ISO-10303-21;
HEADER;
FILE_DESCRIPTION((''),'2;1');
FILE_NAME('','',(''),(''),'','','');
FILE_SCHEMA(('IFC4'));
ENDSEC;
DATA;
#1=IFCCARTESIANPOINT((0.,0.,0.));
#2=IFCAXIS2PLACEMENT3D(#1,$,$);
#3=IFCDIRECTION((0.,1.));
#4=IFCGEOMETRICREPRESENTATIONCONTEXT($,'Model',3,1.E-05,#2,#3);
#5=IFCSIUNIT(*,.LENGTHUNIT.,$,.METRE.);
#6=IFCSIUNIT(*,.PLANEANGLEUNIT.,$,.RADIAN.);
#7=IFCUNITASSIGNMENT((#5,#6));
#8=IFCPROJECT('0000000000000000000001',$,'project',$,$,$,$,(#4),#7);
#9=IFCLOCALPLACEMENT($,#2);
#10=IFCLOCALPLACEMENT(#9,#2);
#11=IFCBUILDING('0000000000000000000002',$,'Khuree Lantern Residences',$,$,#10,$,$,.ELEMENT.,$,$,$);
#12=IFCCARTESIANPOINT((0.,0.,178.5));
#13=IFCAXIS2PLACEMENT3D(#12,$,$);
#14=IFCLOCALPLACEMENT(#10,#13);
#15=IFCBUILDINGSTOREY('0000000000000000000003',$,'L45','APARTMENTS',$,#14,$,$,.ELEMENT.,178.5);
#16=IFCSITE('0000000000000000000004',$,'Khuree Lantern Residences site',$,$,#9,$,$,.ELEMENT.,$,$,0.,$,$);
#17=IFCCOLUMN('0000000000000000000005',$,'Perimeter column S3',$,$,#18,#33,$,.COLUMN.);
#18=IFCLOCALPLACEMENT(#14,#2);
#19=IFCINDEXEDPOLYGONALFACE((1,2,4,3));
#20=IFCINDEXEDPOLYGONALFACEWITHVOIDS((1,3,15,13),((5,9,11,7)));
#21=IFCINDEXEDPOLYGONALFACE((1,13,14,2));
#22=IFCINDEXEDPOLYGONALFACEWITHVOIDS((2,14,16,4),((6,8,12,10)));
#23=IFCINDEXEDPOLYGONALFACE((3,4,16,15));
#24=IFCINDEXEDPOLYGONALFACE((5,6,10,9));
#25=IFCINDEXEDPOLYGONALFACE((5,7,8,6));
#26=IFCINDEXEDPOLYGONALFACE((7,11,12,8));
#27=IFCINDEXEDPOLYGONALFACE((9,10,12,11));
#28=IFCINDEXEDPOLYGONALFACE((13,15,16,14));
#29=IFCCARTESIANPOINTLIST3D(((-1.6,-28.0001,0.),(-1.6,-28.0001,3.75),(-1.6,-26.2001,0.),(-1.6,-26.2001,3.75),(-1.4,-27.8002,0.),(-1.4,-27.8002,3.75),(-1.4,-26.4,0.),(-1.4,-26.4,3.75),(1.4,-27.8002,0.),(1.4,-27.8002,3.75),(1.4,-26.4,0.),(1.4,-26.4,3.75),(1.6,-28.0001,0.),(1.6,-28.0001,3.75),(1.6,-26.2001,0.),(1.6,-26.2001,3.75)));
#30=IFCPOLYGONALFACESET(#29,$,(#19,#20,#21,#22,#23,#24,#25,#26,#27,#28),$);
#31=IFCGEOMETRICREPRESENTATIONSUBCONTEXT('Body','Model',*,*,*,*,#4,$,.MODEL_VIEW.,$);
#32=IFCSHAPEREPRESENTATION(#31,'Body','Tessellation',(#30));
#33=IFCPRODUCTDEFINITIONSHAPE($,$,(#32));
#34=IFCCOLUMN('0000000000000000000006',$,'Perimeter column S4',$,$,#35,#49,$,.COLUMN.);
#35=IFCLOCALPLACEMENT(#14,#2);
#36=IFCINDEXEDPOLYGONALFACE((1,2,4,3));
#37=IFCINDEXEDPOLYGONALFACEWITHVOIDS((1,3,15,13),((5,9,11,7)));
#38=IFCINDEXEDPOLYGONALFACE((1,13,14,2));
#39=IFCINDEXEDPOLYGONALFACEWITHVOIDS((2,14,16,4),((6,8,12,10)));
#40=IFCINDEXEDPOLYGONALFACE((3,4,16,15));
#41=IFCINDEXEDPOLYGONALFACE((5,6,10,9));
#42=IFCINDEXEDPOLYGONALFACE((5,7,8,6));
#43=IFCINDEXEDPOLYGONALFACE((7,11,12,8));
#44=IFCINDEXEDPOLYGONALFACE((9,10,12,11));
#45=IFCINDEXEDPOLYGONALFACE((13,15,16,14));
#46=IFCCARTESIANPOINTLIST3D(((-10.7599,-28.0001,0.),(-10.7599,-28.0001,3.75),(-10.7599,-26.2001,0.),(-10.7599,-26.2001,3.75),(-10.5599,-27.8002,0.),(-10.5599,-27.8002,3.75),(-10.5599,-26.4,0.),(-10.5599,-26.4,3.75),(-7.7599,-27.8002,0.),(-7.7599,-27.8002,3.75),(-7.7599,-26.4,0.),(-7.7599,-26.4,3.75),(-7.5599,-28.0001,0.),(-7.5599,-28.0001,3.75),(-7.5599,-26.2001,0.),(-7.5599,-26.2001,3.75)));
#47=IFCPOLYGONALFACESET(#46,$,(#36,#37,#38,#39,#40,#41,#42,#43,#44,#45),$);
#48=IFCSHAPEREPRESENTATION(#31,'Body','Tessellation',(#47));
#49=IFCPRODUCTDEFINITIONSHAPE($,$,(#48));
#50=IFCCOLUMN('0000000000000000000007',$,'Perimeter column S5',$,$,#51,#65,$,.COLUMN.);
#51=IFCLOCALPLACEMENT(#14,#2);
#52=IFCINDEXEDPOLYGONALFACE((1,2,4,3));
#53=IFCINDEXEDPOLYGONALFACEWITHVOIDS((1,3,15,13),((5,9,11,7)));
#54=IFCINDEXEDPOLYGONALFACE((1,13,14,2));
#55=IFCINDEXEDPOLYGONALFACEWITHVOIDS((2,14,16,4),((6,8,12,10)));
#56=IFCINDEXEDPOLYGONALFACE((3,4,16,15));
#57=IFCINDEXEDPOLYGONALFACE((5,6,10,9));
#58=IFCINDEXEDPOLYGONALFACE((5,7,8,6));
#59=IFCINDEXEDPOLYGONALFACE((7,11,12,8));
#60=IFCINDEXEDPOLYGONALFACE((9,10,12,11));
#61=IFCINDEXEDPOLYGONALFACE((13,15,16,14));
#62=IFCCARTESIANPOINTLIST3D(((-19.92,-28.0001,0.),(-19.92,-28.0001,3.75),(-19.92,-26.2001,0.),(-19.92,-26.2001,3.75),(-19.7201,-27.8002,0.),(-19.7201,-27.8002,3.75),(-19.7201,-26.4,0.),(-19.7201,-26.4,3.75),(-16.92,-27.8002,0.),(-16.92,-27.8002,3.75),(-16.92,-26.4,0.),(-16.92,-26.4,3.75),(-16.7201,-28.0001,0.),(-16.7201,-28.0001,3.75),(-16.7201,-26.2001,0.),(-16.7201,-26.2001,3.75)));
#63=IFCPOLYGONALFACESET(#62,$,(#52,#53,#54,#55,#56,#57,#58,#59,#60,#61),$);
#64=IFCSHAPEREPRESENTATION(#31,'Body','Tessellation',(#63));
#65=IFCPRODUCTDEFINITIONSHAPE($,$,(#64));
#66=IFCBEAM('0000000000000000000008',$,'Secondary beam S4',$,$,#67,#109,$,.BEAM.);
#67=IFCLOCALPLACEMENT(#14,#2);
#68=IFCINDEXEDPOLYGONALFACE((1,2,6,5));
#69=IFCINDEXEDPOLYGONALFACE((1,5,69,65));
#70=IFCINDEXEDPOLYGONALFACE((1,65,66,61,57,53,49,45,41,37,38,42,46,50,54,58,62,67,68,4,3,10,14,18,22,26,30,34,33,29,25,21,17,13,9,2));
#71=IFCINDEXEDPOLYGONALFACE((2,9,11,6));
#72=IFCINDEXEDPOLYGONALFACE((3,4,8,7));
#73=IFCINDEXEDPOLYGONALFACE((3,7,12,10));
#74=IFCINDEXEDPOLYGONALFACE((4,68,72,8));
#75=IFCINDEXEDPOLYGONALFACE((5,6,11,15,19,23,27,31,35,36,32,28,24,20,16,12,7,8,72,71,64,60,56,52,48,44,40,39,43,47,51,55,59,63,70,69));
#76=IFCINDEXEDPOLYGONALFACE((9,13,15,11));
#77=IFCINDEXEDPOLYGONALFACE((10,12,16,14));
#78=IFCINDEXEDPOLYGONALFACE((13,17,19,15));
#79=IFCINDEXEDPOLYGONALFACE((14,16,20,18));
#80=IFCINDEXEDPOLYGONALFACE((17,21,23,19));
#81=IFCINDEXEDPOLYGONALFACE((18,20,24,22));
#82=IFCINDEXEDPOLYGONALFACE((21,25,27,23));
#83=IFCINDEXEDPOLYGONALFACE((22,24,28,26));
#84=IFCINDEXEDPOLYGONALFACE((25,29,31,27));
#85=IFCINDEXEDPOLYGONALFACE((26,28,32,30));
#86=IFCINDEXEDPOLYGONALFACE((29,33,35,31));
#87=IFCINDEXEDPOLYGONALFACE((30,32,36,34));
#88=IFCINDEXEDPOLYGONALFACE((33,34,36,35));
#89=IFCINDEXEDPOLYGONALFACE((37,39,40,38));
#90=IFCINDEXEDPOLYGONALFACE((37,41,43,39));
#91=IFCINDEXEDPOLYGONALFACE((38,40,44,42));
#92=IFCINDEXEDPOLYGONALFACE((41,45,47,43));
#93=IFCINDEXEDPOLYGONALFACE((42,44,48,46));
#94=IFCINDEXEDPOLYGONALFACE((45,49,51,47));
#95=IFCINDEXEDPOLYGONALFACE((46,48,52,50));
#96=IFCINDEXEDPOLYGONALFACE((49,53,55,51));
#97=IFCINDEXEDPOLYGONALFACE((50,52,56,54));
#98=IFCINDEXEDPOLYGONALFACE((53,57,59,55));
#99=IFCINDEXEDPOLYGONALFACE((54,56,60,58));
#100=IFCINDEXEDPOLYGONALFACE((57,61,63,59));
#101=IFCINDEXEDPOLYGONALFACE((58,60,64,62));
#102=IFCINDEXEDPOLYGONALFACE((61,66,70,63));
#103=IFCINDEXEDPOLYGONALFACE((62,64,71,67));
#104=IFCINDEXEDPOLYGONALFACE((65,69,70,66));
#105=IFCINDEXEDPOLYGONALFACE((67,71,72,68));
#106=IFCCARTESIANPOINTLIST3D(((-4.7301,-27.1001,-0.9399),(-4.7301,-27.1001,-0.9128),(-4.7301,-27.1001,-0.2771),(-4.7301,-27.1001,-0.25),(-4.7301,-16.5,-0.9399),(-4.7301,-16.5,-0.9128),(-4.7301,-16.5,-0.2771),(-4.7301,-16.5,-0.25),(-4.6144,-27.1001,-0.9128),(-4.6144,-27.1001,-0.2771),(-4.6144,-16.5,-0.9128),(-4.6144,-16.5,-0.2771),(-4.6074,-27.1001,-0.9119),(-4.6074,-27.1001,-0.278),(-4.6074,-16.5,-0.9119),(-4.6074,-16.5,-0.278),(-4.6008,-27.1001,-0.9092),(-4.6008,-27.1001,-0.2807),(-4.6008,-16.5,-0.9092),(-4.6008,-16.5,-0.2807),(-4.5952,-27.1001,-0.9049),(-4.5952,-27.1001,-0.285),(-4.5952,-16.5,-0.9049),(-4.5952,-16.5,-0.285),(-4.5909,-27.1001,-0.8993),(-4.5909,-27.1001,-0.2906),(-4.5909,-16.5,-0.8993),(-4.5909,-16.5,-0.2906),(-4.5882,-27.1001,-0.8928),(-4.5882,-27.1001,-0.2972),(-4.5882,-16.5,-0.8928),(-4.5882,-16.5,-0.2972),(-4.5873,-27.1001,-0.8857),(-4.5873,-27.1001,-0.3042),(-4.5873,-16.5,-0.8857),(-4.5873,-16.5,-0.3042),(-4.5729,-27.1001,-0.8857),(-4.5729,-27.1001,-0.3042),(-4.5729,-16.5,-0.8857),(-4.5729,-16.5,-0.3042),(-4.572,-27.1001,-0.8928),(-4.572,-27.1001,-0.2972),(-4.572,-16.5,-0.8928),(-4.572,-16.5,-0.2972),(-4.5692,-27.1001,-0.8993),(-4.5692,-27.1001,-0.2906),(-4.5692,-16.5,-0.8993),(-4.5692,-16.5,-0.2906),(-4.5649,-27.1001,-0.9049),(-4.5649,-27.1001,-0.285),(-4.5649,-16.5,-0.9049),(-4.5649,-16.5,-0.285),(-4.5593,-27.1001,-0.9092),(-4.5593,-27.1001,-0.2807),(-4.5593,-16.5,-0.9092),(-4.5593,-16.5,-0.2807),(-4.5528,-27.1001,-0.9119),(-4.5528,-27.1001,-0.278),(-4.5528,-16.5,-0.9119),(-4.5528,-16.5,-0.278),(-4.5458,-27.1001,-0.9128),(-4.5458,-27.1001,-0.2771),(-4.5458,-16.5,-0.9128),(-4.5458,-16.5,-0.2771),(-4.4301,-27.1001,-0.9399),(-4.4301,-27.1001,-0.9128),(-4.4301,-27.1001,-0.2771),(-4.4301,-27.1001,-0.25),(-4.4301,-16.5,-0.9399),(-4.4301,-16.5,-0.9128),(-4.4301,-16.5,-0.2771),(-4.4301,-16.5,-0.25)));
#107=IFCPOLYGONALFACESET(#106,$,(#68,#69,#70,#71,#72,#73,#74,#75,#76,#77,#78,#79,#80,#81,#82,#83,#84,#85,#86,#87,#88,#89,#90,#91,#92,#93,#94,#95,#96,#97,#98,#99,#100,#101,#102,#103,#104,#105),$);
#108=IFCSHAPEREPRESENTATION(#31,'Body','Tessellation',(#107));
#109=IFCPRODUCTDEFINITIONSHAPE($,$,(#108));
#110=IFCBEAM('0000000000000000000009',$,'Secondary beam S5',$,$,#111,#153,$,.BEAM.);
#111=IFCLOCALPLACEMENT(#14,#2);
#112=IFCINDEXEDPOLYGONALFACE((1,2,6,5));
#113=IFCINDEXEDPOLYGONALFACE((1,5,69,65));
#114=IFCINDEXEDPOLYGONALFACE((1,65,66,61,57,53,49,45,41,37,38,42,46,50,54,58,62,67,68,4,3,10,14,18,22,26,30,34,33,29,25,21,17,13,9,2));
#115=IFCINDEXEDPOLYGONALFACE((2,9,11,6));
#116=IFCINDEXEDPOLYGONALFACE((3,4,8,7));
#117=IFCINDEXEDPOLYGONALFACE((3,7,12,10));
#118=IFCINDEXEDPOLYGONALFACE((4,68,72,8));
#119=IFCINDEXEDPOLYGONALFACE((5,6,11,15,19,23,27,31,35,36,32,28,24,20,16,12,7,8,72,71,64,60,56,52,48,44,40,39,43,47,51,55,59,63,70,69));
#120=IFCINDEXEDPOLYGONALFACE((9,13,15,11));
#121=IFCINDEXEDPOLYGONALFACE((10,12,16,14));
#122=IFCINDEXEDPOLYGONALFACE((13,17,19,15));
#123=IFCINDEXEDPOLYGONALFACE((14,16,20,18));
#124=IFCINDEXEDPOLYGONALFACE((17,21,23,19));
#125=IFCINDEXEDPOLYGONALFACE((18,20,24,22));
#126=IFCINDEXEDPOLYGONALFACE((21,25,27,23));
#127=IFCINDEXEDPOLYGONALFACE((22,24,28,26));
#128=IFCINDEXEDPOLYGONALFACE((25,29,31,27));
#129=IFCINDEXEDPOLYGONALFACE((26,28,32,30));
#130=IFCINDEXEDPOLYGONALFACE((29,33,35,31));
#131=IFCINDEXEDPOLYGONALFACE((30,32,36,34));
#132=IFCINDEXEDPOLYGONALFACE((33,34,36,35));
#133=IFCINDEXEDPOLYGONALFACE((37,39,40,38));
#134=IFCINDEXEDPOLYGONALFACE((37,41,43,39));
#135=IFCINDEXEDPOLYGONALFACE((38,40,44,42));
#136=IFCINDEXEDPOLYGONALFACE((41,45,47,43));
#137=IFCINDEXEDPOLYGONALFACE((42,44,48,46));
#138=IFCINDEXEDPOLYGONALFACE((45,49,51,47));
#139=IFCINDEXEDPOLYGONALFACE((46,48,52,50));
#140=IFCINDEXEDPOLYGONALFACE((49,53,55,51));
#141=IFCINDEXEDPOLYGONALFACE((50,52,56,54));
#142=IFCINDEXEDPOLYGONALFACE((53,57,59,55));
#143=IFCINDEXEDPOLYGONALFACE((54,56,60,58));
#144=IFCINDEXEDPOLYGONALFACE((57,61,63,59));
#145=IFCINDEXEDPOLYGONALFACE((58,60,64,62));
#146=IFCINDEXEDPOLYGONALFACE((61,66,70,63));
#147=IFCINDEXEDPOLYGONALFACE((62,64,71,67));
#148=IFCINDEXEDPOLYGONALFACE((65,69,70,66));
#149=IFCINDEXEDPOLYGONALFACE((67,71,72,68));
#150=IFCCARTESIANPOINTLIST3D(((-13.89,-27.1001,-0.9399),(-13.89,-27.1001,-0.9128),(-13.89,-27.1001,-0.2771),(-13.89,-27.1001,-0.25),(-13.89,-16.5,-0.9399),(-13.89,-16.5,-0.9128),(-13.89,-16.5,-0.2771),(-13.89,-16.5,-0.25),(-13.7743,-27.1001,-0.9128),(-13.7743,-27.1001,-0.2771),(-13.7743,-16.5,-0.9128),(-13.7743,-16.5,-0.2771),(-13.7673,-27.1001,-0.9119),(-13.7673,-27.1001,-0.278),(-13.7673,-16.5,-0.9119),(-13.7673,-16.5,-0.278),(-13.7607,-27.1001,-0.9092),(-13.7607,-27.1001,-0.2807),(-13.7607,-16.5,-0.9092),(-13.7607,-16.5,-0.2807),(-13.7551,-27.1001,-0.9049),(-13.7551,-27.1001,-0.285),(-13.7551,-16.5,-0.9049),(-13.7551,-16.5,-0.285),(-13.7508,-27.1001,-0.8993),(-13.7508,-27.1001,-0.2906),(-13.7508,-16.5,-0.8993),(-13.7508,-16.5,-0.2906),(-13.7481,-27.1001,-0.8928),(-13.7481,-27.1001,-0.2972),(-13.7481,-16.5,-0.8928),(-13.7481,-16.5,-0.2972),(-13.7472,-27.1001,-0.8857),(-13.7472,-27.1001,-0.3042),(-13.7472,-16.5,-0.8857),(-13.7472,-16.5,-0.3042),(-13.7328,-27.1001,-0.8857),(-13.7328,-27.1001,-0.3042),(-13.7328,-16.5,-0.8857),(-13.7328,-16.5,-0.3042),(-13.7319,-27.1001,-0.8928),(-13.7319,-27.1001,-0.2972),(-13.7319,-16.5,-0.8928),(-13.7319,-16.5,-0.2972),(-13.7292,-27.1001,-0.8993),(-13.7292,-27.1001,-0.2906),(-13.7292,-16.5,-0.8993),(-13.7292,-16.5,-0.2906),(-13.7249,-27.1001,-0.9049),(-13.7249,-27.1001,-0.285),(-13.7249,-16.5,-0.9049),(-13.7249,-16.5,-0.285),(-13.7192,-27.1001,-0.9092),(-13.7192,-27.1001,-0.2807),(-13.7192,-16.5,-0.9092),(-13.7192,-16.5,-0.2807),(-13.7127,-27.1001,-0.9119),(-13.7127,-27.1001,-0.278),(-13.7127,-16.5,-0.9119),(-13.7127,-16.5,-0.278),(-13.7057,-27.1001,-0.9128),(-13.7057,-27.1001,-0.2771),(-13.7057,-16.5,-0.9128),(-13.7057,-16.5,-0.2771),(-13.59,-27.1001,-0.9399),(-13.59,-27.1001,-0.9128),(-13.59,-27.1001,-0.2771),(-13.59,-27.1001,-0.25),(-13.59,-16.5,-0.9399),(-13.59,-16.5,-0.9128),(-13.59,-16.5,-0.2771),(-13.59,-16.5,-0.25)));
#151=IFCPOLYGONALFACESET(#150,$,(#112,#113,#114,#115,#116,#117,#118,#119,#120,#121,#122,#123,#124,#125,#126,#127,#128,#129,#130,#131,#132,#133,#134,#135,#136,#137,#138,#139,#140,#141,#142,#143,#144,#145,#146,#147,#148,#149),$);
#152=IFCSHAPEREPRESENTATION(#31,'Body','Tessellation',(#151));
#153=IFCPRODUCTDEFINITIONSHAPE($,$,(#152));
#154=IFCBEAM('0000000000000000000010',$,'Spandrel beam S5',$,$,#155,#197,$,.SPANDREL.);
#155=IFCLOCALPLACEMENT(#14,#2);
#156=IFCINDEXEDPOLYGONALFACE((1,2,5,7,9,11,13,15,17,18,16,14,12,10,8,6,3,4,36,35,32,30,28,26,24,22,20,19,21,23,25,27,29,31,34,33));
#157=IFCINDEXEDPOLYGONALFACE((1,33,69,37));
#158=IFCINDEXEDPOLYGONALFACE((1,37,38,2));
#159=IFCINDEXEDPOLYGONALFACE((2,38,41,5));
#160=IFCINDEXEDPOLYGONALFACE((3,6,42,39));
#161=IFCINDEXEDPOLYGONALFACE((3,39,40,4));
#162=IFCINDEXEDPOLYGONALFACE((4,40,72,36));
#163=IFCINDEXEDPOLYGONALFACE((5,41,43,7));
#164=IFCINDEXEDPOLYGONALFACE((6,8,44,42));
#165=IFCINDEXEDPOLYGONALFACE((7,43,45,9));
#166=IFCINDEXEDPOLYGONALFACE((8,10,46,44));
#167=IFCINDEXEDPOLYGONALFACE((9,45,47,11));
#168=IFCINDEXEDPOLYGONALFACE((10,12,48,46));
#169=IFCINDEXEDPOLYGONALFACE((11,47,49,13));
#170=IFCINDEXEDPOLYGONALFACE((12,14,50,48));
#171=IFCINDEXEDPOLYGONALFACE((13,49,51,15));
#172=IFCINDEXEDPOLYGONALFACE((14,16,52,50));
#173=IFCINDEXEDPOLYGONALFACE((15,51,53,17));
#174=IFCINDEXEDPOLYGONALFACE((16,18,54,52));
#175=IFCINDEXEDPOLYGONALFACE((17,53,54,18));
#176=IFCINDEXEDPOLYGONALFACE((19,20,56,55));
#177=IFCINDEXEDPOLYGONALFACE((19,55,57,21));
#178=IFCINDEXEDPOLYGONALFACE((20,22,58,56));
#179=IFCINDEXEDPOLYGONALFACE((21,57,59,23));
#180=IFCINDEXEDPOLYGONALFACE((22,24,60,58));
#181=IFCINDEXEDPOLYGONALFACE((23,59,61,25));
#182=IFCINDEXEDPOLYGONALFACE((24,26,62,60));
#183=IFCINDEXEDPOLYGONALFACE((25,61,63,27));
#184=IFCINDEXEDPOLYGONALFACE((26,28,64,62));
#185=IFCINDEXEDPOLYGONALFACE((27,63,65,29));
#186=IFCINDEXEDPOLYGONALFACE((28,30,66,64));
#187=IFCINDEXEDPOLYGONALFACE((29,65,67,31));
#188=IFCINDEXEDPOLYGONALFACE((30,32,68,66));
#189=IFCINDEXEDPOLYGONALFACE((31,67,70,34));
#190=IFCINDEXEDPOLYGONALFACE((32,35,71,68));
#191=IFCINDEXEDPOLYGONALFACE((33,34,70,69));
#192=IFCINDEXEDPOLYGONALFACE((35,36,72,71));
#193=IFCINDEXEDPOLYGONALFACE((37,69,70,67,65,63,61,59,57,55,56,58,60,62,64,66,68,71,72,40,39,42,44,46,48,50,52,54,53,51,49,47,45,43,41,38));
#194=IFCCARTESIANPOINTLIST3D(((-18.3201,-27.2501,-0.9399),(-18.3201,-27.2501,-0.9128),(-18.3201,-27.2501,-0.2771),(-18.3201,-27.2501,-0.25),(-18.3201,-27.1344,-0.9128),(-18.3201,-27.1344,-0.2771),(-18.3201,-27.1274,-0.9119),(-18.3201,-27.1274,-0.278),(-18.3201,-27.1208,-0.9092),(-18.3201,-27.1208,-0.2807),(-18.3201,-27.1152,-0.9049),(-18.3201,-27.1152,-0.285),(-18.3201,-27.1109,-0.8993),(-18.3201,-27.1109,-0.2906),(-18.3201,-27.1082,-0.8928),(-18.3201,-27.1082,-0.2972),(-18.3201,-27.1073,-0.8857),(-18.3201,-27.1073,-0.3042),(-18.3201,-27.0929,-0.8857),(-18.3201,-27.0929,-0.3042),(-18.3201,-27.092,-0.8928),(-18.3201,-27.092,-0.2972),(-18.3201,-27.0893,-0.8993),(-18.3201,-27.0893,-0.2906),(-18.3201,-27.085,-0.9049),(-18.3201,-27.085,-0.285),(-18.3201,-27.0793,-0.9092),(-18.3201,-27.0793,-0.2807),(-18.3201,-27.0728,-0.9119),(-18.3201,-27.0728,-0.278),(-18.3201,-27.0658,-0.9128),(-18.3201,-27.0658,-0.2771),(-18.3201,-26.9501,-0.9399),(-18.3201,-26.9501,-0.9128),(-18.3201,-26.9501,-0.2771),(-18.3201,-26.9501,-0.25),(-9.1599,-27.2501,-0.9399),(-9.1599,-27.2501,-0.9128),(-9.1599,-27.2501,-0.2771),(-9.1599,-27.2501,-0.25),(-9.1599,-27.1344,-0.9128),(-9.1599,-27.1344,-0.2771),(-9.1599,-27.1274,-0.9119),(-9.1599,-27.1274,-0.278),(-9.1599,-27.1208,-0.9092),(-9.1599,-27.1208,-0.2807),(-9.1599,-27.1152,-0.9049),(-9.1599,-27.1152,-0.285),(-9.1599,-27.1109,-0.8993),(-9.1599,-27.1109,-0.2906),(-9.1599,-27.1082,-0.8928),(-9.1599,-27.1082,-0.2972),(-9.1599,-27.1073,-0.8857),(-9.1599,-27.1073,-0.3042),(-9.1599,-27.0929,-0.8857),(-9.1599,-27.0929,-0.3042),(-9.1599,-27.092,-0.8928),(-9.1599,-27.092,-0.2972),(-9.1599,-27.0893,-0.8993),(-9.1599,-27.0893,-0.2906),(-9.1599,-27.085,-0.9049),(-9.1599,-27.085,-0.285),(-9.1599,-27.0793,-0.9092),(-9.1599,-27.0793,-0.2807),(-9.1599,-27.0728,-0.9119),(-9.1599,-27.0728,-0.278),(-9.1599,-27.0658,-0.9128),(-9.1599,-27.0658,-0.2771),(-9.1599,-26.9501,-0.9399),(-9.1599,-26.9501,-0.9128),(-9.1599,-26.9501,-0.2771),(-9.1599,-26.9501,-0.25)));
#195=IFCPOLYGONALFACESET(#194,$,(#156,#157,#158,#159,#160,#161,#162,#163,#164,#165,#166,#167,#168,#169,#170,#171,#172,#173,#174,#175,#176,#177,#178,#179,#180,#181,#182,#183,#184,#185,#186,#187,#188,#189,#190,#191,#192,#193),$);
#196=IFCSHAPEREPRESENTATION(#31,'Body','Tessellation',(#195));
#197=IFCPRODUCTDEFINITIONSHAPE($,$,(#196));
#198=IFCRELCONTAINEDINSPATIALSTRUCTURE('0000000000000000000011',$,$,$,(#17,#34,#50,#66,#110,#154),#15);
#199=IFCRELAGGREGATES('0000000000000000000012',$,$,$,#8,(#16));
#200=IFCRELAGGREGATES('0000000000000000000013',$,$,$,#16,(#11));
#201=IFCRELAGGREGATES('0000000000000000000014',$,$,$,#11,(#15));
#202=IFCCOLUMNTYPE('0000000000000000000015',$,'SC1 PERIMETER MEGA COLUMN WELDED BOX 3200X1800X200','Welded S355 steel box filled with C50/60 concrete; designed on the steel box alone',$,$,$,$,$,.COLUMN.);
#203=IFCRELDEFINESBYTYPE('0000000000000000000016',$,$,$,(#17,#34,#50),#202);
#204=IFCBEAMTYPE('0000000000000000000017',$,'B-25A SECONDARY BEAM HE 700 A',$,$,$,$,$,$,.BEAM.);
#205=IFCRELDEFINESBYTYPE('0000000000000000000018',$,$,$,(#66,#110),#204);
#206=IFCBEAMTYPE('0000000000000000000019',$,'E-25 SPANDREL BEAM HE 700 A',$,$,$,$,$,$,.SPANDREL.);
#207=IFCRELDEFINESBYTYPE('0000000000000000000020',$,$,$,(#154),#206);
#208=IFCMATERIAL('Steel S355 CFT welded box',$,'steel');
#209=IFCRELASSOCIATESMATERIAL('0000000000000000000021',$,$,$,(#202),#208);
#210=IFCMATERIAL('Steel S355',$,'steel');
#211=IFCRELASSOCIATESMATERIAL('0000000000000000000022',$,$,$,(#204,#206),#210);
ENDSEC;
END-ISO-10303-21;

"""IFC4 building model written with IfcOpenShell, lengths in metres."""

from ifc_helpers import new_model, si_unit, direction, frame, origin, origin_2d, place, context, subcontext, project, spatial, hollow_rectangle, i_section, extrude, material, material_profile, profile_set, type_object, element, save


model = new_model("IFC4")

# Units and contexts
model_context = context("Model", 3, precision=1e-05, world=origin(), true_north=direction((0.0, 1.0)))
body_context = subcontext(model_context, "Body", "Model", "MODEL_VIEW")
ifc_project = project(units=[si_unit("LENGTHUNIT", "METRE"), si_unit("PLANEANGLEUNIT", "RADIAN")], contexts=[model_context])

# Site, building, storey
site_placement = place(None, origin())
site = spatial("IfcSite", under=ifc_project, at=site_placement, Name="Khuree Lantern Residences site", CompositionType="ELEMENT", RefElevation=0.0)
building_placement = place(site_placement, origin())
building = spatial("IfcBuilding", under=site, at=building_placement, Name="Khuree Lantern Residences", CompositionType="ELEMENT")
storey_placement = place(building_placement, frame((0.0, 0.0, 178.5)))
storey = spatial("IfcBuildingStorey", under=building, at=storey_placement, Name="L45", Description="APARTMENTS", CompositionType="ELEMENT", Elevation=178.5)

# Columns
ifc_material_1 = material(Name="Steel S355 CFT welded box", Category="steel")
ifc_material_profile_1 = material_profile(ifc_material_1, hollow_rectangle(XDim=3.2, YDim=1.8, WallThickness=0.2, at=origin_2d()), Name="WELDED BOX 3200X1800X200")
ifc_profile_set_1 = profile_set([ifc_material_profile_1], Name="Steel S355 CFT welded box")
column_type = type_object("IfcColumnType", Name="SC1 PERIMETER MEGA COLUMN WELDED BOX 3200X1800X200", Description="Welded S355 steel box filled with C50/60 concrete; designed on the steel box alone", PredefinedType="COLUMN", material=ifc_profile_set_1)
for number, where, z_axis, x_axis, name in (
    (1, (0.0, -27.1001, 0.0), (0.0, 0.0, 1.0), (1.0, 0.0, 0.0), "Perimeter column S3"),
    (2, (-9.1599, -27.1001, 0.0), (0.0, 0.0, 1.0), (1.0, 0.0, 0.0), "Perimeter column S4"),
    (3, (-18.3201, -27.1001, 0.0), (0.0, 0.0, 1.0), (1.0, 0.0, 0.0), "Perimeter column S5"),
):
    element("IfcColumn", number, at=place(storey_placement, frame(where, z_axis=z_axis, x_axis=x_axis)), inside=storey, type_object=column_type, Name=name, PredefinedType="COLUMN", context=body_context, shape_type="SweptSolid", body=[
        extrude(hollow_rectangle(XDim=3.2, YDim=1.8, WallThickness=0.2, at=origin_2d()), origin(), (0.0, 0.0, 1.0), 3.75),
    ])

# Beams
ifc_material_2 = material(Name="Steel S355", Category="steel")
ifc_material_profile_2 = material_profile(ifc_material_2, i_section(OverallWidth=0.3, OverallDepth=0.6899, WebThickness=0.0144, FlangeThickness=0.0271, FilletRadius=0.0271, at=origin_2d()), Name="HE 700 A")
ifc_profile_set_2 = profile_set([ifc_material_profile_2], Name="Steel S355")
beam_type_1 = type_object("IfcBeamType", Name="B-25A SECONDARY BEAM HE 700 A", PredefinedType="BEAM", material=ifc_profile_set_2)
for number, where, z_axis, x_axis, name in (
    (4, (-4.5801, -27.1001, -0.595), (0.0, 1.0, 0.0), (-1.0, 0.0, 0.0), "Secondary beam S4"),
    (5, (-13.74, -27.1001, -0.595), (0.0, 1.0, 0.0), (-1.0, 0.0, 0.0), "Secondary beam S5"),
):
    element("IfcBeam", number, at=place(storey_placement, frame(where, z_axis=z_axis, x_axis=x_axis)), inside=storey, type_object=beam_type_1, Name=name, PredefinedType="BEAM", context=body_context, shape_type="SweptSolid", body=[
        extrude(i_section(OverallWidth=0.3, OverallDepth=0.6899, WebThickness=0.0144, FlangeThickness=0.0271, FilletRadius=0.0271, at=origin_2d()), origin(), (0.0, 0.0, 1.0), 10.6001),
    ])
ifc_material_profile_3 = material_profile(ifc_material_2, i_section(OverallWidth=0.3, OverallDepth=0.6899, WebThickness=0.0144, FlangeThickness=0.0271, FilletRadius=0.0271, at=origin_2d()), Name="HE 700 A")
ifc_profile_set_3 = profile_set([ifc_material_profile_3], Name="Steel S355")
beam_type_2 = type_object("IfcBeamType", Name="E-25 SPANDREL BEAM HE 700 A", PredefinedType="SPANDREL", material=ifc_profile_set_3)
beam_1_placement = place(storey_placement, frame((-9.1599, -27.1001, -0.595), z_axis=(-1.0, 0.0, 0.0), x_axis=(0.0, -1.0, 0.0)))
element("IfcBeam", 6, at=beam_1_placement, inside=storey, type_object=beam_type_2, Name="Spandrel beam S5", PredefinedType="SPANDREL", context=body_context, shape_type="SweptSolid", body=[
    extrude(i_section(OverallWidth=0.3, OverallDepth=0.6899, WebThickness=0.0144, FlangeThickness=0.0271, FilletRadius=0.0271, at=origin_2d()), origin(), (0.0, 0.0, 1.0), 9.1602),
])

save(model, "model.ifc")
